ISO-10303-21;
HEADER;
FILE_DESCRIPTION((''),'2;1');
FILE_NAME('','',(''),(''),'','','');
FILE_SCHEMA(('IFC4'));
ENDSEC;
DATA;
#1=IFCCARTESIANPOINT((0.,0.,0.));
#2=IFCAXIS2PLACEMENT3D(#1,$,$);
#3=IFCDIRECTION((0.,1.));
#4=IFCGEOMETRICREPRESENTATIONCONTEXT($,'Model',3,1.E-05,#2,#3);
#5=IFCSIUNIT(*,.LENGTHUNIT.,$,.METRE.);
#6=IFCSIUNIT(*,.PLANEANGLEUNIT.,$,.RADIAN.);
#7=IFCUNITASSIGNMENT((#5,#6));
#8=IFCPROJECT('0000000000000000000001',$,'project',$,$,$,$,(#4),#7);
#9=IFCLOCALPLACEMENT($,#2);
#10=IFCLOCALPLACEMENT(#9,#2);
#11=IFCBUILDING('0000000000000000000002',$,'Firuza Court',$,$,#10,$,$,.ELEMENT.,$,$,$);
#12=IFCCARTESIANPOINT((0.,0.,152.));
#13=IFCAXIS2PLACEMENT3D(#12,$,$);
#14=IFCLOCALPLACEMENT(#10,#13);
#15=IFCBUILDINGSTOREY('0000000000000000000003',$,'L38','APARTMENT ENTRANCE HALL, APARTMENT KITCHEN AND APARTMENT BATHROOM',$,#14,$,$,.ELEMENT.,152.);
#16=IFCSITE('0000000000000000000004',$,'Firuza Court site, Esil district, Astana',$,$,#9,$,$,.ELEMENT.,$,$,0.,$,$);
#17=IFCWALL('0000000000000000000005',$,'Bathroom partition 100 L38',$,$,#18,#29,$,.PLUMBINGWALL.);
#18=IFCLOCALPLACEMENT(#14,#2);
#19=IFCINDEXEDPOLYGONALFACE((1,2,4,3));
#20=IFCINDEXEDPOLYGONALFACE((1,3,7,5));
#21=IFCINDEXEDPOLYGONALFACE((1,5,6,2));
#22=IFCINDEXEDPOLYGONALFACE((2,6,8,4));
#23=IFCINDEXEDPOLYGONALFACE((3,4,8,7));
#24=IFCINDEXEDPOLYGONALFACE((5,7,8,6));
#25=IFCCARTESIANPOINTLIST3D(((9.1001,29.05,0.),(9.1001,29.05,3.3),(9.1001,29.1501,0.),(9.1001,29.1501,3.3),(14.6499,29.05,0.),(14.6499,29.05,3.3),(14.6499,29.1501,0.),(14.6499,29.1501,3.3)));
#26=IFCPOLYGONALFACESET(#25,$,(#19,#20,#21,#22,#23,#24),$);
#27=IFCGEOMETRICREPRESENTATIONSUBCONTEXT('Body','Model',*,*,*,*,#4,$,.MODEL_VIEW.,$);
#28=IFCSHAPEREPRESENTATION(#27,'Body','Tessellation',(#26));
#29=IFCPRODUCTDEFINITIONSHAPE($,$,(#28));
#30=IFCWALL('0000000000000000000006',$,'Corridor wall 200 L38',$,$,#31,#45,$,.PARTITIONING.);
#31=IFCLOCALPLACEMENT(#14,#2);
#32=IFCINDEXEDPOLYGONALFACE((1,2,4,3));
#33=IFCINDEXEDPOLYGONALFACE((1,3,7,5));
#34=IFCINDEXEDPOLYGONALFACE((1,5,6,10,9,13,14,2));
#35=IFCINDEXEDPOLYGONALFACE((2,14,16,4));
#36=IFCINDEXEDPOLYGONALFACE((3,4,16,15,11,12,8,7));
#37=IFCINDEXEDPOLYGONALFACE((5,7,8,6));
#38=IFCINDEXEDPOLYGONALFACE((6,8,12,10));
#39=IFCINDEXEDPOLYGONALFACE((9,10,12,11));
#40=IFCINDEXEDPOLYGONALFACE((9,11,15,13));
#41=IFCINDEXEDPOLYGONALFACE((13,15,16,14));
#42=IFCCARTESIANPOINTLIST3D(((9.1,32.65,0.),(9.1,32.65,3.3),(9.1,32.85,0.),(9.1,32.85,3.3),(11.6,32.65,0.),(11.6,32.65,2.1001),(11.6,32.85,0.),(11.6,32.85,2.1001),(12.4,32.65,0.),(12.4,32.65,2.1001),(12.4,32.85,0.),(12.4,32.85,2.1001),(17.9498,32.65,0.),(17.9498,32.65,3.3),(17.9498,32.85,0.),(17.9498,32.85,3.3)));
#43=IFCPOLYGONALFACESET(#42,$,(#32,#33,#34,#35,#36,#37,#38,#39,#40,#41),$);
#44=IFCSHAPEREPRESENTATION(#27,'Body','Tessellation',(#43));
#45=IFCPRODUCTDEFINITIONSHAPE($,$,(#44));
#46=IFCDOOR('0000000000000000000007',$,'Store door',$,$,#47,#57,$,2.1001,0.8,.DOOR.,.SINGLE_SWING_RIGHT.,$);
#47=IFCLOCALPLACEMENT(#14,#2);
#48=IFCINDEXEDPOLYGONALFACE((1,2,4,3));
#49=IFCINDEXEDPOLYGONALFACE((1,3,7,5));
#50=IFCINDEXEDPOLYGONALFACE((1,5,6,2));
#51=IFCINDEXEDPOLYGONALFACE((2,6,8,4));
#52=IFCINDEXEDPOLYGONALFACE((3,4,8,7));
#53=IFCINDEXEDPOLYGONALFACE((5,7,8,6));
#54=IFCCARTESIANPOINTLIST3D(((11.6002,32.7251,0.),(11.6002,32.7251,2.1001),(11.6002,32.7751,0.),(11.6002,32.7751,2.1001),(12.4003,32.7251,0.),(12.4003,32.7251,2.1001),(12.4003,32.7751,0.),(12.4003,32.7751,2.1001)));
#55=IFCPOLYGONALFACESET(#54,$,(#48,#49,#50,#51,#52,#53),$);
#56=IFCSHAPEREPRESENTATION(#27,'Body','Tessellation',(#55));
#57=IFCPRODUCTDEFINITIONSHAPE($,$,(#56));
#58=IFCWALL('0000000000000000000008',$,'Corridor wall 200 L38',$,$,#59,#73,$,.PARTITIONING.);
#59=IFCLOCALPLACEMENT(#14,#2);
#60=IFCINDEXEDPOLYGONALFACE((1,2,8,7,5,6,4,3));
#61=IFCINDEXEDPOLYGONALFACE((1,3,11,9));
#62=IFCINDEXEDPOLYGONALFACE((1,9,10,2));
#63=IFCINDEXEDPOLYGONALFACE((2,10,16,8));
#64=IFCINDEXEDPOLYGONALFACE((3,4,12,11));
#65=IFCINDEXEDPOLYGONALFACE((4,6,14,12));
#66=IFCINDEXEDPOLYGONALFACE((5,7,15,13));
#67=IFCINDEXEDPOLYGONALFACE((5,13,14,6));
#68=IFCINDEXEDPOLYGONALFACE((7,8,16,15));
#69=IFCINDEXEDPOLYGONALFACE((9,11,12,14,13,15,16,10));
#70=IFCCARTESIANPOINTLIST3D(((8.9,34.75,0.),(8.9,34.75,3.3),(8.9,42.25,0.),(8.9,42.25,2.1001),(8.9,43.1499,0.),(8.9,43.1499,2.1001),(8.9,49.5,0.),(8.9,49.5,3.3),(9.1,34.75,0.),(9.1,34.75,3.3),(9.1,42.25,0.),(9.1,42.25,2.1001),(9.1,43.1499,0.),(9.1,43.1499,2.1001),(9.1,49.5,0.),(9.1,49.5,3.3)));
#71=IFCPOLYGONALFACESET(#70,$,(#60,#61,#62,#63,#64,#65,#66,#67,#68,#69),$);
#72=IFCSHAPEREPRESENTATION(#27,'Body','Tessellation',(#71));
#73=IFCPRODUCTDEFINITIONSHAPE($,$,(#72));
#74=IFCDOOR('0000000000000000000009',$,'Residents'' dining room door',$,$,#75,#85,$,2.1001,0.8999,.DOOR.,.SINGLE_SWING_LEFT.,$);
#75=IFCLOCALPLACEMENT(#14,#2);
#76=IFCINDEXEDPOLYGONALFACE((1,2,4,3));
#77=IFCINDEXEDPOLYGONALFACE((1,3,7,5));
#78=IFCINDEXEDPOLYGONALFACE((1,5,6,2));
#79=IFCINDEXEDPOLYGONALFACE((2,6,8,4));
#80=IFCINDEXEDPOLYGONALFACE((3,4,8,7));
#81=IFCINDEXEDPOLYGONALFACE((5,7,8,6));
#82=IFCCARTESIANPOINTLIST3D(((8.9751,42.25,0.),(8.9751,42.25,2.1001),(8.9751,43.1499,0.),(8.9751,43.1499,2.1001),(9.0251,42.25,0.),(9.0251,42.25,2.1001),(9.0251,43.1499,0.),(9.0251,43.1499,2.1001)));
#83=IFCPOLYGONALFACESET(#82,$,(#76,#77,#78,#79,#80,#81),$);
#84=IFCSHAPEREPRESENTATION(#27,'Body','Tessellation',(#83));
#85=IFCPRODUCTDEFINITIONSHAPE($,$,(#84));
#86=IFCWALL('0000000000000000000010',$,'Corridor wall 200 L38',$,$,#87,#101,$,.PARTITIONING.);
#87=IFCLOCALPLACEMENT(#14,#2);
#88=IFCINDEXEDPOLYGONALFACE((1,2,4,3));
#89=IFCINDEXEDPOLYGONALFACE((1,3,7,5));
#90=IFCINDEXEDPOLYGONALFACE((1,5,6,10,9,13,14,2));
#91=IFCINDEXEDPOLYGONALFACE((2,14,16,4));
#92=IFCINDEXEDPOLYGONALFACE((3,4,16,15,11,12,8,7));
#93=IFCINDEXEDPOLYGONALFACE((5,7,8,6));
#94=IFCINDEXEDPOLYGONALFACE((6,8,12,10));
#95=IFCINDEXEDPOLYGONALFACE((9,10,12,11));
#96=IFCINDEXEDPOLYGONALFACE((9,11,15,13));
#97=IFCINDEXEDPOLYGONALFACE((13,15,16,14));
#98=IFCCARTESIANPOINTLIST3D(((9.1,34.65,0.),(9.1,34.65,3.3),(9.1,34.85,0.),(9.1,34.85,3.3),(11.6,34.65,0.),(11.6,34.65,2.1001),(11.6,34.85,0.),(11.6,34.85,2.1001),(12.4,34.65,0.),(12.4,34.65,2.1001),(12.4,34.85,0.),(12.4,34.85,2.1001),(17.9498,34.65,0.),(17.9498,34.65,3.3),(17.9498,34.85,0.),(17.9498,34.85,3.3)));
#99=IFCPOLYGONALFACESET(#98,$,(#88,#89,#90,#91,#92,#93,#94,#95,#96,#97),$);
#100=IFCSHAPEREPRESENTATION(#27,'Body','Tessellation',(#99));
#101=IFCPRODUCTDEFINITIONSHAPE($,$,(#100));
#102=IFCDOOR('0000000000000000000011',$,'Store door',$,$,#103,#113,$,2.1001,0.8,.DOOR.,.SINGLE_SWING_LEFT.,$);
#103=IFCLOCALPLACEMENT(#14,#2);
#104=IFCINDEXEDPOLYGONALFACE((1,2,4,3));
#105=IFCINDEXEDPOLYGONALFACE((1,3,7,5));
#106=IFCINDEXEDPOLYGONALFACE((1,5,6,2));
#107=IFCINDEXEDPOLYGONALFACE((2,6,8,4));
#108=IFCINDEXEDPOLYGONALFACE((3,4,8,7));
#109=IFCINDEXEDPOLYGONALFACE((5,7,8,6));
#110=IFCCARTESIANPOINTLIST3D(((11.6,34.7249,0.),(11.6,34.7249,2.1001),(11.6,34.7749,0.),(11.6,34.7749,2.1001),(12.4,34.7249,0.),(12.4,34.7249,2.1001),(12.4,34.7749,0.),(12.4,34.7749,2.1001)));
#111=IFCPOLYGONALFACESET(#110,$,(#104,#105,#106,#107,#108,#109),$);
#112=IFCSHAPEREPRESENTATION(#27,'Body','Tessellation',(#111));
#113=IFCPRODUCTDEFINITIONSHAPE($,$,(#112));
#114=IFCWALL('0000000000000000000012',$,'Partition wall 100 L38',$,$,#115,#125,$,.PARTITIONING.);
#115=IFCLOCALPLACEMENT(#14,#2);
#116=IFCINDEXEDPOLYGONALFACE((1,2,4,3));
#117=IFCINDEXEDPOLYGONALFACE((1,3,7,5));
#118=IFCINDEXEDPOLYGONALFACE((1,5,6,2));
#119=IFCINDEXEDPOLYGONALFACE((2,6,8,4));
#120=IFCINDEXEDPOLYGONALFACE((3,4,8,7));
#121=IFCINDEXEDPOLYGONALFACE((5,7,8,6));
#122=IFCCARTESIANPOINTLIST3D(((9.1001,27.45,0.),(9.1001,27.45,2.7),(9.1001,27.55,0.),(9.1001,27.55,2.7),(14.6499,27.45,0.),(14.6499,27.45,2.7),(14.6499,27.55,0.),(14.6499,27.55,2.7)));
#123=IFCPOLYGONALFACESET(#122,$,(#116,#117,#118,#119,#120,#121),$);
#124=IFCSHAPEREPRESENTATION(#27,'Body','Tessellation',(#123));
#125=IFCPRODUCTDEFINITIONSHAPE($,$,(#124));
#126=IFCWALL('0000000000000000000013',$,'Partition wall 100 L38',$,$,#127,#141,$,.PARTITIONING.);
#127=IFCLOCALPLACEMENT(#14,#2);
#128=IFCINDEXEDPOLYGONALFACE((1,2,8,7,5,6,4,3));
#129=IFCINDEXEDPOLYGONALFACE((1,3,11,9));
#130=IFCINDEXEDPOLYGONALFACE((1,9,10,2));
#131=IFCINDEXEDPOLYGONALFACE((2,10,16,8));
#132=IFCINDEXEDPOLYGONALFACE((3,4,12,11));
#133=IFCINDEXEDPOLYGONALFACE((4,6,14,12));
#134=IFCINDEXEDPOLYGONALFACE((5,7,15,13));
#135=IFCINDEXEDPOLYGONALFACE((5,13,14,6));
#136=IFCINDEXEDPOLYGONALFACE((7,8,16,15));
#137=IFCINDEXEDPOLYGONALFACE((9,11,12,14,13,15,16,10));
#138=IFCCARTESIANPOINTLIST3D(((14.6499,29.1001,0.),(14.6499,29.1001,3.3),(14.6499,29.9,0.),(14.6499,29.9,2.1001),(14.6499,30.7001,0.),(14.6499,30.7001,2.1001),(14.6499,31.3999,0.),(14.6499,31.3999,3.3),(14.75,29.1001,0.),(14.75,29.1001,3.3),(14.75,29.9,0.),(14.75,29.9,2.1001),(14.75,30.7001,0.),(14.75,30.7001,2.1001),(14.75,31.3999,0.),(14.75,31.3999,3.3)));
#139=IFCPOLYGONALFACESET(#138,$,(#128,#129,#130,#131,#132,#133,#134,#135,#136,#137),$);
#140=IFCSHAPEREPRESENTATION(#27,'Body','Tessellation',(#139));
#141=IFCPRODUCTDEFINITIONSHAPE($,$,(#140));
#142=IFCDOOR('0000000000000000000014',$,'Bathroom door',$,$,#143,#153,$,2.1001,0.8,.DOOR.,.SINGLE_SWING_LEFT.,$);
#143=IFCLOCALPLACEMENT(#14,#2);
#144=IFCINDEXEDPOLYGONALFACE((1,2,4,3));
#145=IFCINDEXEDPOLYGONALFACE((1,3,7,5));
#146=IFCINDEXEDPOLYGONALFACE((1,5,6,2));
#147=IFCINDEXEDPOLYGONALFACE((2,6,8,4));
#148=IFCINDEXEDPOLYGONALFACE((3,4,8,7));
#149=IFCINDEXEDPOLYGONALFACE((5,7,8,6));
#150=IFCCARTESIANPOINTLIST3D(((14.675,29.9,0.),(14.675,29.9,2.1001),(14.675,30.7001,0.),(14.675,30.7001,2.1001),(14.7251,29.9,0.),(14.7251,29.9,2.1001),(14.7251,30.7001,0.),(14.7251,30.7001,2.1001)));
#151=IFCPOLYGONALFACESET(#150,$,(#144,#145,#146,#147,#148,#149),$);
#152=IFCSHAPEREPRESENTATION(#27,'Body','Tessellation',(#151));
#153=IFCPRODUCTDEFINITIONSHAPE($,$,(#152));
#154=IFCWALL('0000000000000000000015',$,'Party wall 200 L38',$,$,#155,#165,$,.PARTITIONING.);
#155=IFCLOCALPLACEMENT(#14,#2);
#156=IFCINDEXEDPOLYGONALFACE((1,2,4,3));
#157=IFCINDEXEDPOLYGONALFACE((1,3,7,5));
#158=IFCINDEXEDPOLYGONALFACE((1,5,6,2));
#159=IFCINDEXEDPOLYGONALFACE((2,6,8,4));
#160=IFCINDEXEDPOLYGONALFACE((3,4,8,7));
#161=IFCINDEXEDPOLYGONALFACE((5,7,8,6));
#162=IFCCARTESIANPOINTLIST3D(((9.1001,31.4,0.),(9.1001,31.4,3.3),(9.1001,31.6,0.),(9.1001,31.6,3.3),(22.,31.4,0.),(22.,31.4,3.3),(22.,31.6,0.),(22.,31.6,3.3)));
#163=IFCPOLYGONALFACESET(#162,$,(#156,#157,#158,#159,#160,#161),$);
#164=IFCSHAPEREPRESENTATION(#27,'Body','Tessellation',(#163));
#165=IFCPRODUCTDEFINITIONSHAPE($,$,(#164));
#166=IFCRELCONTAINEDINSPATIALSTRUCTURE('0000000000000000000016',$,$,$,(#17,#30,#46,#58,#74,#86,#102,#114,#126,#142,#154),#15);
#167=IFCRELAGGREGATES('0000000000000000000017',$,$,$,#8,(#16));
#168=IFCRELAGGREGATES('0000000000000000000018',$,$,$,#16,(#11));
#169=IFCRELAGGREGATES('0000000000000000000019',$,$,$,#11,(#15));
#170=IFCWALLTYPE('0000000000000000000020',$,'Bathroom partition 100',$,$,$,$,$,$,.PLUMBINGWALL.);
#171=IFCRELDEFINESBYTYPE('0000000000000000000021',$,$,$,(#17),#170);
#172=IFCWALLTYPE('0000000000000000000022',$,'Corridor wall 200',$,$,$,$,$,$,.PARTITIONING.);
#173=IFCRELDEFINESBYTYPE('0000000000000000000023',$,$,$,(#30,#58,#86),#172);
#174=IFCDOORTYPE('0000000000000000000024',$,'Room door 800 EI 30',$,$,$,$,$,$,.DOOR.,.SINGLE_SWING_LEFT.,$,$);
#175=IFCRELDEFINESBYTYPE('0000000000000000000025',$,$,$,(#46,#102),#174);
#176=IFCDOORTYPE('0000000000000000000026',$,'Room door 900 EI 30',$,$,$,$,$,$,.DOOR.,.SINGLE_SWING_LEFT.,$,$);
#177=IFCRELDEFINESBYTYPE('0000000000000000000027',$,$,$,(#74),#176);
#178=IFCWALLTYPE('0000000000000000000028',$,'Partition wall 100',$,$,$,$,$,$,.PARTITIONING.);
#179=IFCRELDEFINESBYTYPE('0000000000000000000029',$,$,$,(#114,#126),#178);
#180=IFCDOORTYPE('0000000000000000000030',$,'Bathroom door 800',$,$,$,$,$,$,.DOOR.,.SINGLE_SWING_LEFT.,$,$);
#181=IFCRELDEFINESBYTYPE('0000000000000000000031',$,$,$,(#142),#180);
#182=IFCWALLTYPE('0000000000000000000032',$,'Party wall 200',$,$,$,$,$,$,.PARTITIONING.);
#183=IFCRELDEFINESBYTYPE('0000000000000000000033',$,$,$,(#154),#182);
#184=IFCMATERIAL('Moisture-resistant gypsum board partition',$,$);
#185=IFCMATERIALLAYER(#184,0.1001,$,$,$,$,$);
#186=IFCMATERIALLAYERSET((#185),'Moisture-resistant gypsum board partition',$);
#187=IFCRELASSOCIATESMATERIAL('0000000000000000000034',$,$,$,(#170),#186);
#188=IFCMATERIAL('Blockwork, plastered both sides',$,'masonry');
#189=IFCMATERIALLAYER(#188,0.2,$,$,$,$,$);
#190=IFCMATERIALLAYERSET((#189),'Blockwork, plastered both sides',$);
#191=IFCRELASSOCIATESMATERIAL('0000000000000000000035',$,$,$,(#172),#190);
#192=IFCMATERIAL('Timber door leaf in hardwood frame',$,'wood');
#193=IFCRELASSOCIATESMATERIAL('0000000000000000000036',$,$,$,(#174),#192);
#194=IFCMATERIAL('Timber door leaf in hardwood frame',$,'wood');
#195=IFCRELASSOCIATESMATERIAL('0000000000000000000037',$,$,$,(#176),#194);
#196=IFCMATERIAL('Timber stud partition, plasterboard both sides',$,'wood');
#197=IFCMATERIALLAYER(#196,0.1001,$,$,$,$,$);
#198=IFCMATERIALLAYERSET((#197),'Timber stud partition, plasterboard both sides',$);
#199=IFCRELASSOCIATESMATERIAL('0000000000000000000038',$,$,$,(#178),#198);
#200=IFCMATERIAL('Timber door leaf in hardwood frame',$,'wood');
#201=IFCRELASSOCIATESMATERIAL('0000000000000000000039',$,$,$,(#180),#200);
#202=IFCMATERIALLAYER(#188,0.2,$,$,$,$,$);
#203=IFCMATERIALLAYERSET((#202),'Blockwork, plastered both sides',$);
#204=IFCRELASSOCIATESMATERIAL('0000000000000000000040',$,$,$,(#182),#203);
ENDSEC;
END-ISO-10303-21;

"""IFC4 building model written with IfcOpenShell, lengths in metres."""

from ifc_helpers import new_model, si_unit, direction, frame, frame_2d, origin, place, context, subcontext, project, spatial, rectangle, extrude, material, layer, layer_set, type_object, element, fill, save


model = new_model("IFC4")

# Units and contexts
model_context = context("Model", 3, precision=1e-05, world=origin(), true_north=direction((0.0, 1.0)))
body_context = subcontext(model_context, "Body", "Model", "MODEL_VIEW")
ifc_project = project(units=[si_unit("LENGTHUNIT", "METRE"), si_unit("PLANEANGLEUNIT", "RADIAN")], contexts=[model_context])

# Site, building, storey
site_placement = place(None, origin())
site = spatial("IfcSite", under=ifc_project, at=site_placement, Name="Firuza Court site, Esil district, Astana", CompositionType="ELEMENT", RefElevation=0.0)
building_placement = place(site_placement, origin())
building = spatial("IfcBuilding", under=site, at=building_placement, Name="Firuza Court", CompositionType="ELEMENT")
storey_placement = place(building_placement, frame((0.0, 0.0, 152.0)))
storey = spatial("IfcBuildingStorey", under=building, at=storey_placement, Name="L38", Description="APARTMENT ENTRANCE HALL, APARTMENT KITCHEN AND APARTMENT BATHROOM", CompositionType="ELEMENT", Elevation=152.0)

# Wall
ifc_material_1 = material(Name="Moisture-resistant gypsum board partition")
ifc_layer_1 = layer(ifc_material_1, 0.1001)
ifc_layer_set_1 = layer_set([ifc_layer_1], Name="Moisture-resistant gypsum board partition")
wall_type_1 = type_object("IfcWallType", Name="Bathroom partition 100", PredefinedType="PLUMBINGWALL", material=ifc_layer_set_1)
wall_1_placement = place(storey_placement, frame((9.1001, 29.1001, 0.0), z_axis=(0.0, 0.0, 1.0), x_axis=(1.0, 0.0, 0.0)))
element("IfcWall", 1, at=wall_1_placement, inside=storey, type_object=wall_type_1, Name="Bathroom partition 100 L38", PredefinedType="PLUMBINGWALL", context=body_context, shape_type="SweptSolid", body=[
    extrude(rectangle(XDim=5.5498, YDim=0.1001, at=frame_2d((2.7749, 0.0))), origin(), (0.0, 0.0, 1.0), 3.3),
])

# Walls, openings, doors
ifc_material_2 = material(Name="Blockwork, plastered both sides", Category="masonry")
ifc_layer_2 = layer(ifc_material_2, 0.2)
ifc_layer_set_2 = layer_set([ifc_layer_2], Name="Blockwork, plastered both sides")
wall_type_2 = type_object("IfcWallType", Name="Corridor wall 200", PredefinedType="PARTITIONING", material=ifc_layer_set_2)
wall_2_placement = place(storey_placement, frame((9.1001, 32.75, 0.0), z_axis=(0.0, 0.0, 1.0), x_axis=(1.0, 0.0, 0.0)))
wall_2 = element("IfcWall", 2, at=wall_2_placement, inside=storey, type_object=wall_type_2, Name="Corridor wall 200 L38", PredefinedType="PARTITIONING", context=body_context, shape_type="SweptSolid", body=[
    extrude(rectangle(XDim=8.8499, YDim=0.2, at=frame_2d((4.4248, 0.0))), origin(), (0.0, 0.0, 1.0), 3.3),
])
opening_1_placement = place(wall_2_placement, frame((2.5, 0.0, 0.0)))
opening_1 = element("IfcOpeningElement", 3, at=opening_1_placement, cuts=wall_2, PredefinedType="OPENING", context=body_context, shape_type="SweptSolid", body=[
    extrude(rectangle(XDim=0.8, YDim=2.1001, at=frame_2d((0.3999, 1.05))), frame((0.0, 0.1118, 0.0), z_axis=(0.0, -1.0, 0.0), x_axis=(1.0, 0.0, 0.0)), (0.0, 0.0, 1.0), 0.2239),
])
ifc_material_3 = material(Name="Timber door leaf in hardwood frame", Category="wood")
door_type_1 = type_object("IfcDoorType", Name="Room door 800 EI 30", OperationType="SINGLE_SWING_LEFT", PredefinedType="DOOR", material=ifc_material_3)
door_1_placement = place(opening_1_placement, frame((0.8, 0.0, 0.0), z_axis=(0.0, 0.0, 1.0), x_axis=(-1.0, 0.0, 0.0)))
door_1 = element("IfcDoor", 4, at=door_1_placement, inside=storey, type_object=door_type_1, Name="Store door", OperationType="SINGLE_SWING_RIGHT", OverallHeight=2.1001, OverallWidth=0.8, PredefinedType="DOOR", context=body_context, shape_type="SweptSolid", body=[
    extrude(rectangle(XDim=0.8, YDim=2.1001, at=frame_2d((0.3999, 1.05))), frame((0.0, 0.0249, 0.0), z_axis=(0.0, -1.0, 0.0), x_axis=(1.0, 0.0, 0.0)), (0.0, 0.0, 1.0), 0.05),
])
fill(opening_1, door_1)
wall_3_placement = place(storey_placement, frame((9.0, 34.75, 0.0), z_axis=(0.0, 0.0, 1.0), x_axis=(0.0, 1.0, 0.0)))
wall_3 = element("IfcWall", 5, at=wall_3_placement, inside=storey, type_object=wall_type_2, Name="Corridor wall 200 L38", PredefinedType="PARTITIONING", context=body_context, shape_type="SweptSolid", body=[
    extrude(rectangle(XDim=14.75, YDim=0.2, at=frame_2d((7.375, 0.0))), origin(), (0.0, 0.0, 1.0), 3.3),
])
opening_2_placement = place(wall_3_placement, frame((7.5, 0.0, 0.0)))
opening_2 = element("IfcOpeningElement", 6, at=opening_2_placement, cuts=wall_3, PredefinedType="OPENING", context=body_context, shape_type="SweptSolid", body=[
    extrude(rectangle(XDim=0.8999, YDim=2.1001, at=frame_2d((0.45, 1.05))), frame((0.0, 0.1118, 0.0), z_axis=(0.0, -1.0, 0.0), x_axis=(1.0, 0.0, 0.0)), (0.0, 0.0, 1.0), 0.2239),
])
ifc_material_4 = material(Name="Timber door leaf in hardwood frame", Category="wood")
door_type_2 = type_object("IfcDoorType", Name="Room door 900 EI 30", OperationType="SINGLE_SWING_LEFT", PredefinedType="DOOR", material=ifc_material_4)
door_2_placement = place(opening_2_placement, origin())
door_2 = element("IfcDoor", 7, at=door_2_placement, inside=storey, type_object=door_type_2, Name="Residents' dining room door", OperationType="SINGLE_SWING_LEFT", OverallHeight=2.1001, OverallWidth=0.8999, PredefinedType="DOOR", context=body_context, shape_type="SweptSolid", body=[
    extrude(rectangle(XDim=0.8999, YDim=2.1001, at=frame_2d((0.45, 1.05))), frame((0.0, 0.0249, 0.0), z_axis=(0.0, -1.0, 0.0), x_axis=(1.0, 0.0, 0.0)), (0.0, 0.0, 1.0), 0.05),
])
fill(opening_2, door_2)
wall_4_placement = place(storey_placement, frame((9.1001, 34.75, 0.0), z_axis=(0.0, 0.0, 1.0), x_axis=(1.0, 0.0, 0.0)))
wall_4 = element("IfcWall", 8, at=wall_4_placement, inside=storey, type_object=wall_type_2, Name="Corridor wall 200 L38", PredefinedType="PARTITIONING", context=body_context, shape_type="SweptSolid", body=[
    extrude(rectangle(XDim=8.8499, YDim=0.2, at=frame_2d((4.4248, 0.0))), origin(), (0.0, 0.0, 1.0), 3.3),
])
opening_3_placement = place(wall_4_placement, frame((2.5, 0.0, 0.0)))
opening_3 = element("IfcOpeningElement", 9, at=opening_3_placement, cuts=wall_4, PredefinedType="OPENING", context=body_context, shape_type="SweptSolid", body=[
    extrude(rectangle(XDim=0.8, YDim=2.1001, at=frame_2d((0.3999, 1.05))), frame((0.0, 0.1118, 0.0), z_axis=(0.0, -1.0, 0.0), x_axis=(1.0, 0.0, 0.0)), (0.0, 0.0, 1.0), 0.2239),
])
door_3_placement = place(opening_3_placement, origin())
door_3 = element("IfcDoor", 10, at=door_3_placement, inside=storey, type_object=door_type_1, Name="Store door", OperationType="SINGLE_SWING_LEFT", OverallHeight=2.1001, OverallWidth=0.8, PredefinedType="DOOR", context=body_context, shape_type="SweptSolid", body=[
    extrude(rectangle(XDim=0.8, YDim=2.1001, at=frame_2d((0.3999, 1.05))), frame((0.0, 0.0249, 0.0), z_axis=(0.0, -1.0, 0.0), x_axis=(1.0, 0.0, 0.0)), (0.0, 0.0, 1.0), 0.05),
])
fill(opening_3, door_3)

# Wall
ifc_material_5 = material(Name="Timber stud partition, plasterboard both sides", Category="wood")
ifc_layer_3 = layer(ifc_material_5, 0.1001)
ifc_layer_set_3 = layer_set([ifc_layer_3], Name="Timber stud partition, plasterboard both sides")
wall_type_3 = type_object("IfcWallType", Name="Partition wall 100", PredefinedType="PARTITIONING", material=ifc_layer_set_3)
wall_5_placement = place(storey_placement, frame((9.1001, 27.5, 0.0), z_axis=(0.0, 0.0, 1.0), x_axis=(1.0, 0.0, 0.0)))
element("IfcWall", 11, at=wall_5_placement, inside=storey, type_object=wall_type_3, Name="Partition wall 100 L38", PredefinedType="PARTITIONING", context=body_context, shape_type="SweptSolid", body=[
    extrude(rectangle(XDim=5.5498, YDim=0.1001, at=frame_2d((2.7749, 0.0))), origin(), (0.0, 0.0, 1.0), 2.7),
])

# Wall, opening, door
wall_6_placement = place(storey_placement, frame((14.7, 29.1001, 0.0), z_axis=(0.0, 0.0, 1.0), x_axis=(0.0, 1.0, 0.0)))
wall_6 = element("IfcWall", 12, at=wall_6_placement, inside=storey, type_object=wall_type_3, Name="Partition wall 100 L38", PredefinedType="PARTITIONING", context=body_context, shape_type="SweptSolid", body=[
    extrude(rectangle(XDim=2.2998, YDim=0.1001, at=frame_2d((1.1499, 0.0))), origin(), (0.0, 0.0, 1.0), 3.3),
])
opening_4_placement = place(wall_6_placement, frame((0.8, 0.0, 0.0)))
opening_4 = element("IfcOpeningElement", 13, at=opening_4_placement, cuts=wall_6, PredefinedType="OPENING", context=body_context, shape_type="SweptSolid", body=[
    extrude(rectangle(XDim=0.8, YDim=2.1001, at=frame_2d((0.3999, 1.05))), frame((0.0, 0.062, 0.0), z_axis=(0.0, -1.0, 0.0), x_axis=(1.0, 0.0, 0.0)), (0.0, 0.0, 1.0), 0.124),
])
ifc_material_6 = material(Name="Timber door leaf in hardwood frame", Category="wood")
door_type_3 = type_object("IfcDoorType", Name="Bathroom door 800", OperationType="SINGLE_SWING_LEFT", PredefinedType="DOOR", material=ifc_material_6)
door_4_placement = place(opening_4_placement, origin())
door_4 = element("IfcDoor", 14, at=door_4_placement, inside=storey, type_object=door_type_3, Name="Bathroom door", OperationType="SINGLE_SWING_LEFT", OverallHeight=2.1001, OverallWidth=0.8, PredefinedType="DOOR", context=body_context, shape_type="SweptSolid", body=[
    extrude(rectangle(XDim=0.8, YDim=2.1001, at=frame_2d((0.3999, 1.05))), frame((0.0, 0.0249, 0.0), z_axis=(0.0, -1.0, 0.0), x_axis=(1.0, 0.0, 0.0)), (0.0, 0.0, 1.0), 0.05),
])
fill(opening_4, door_4)

# Wall
ifc_layer_4 = layer(ifc_material_2, 0.2)
ifc_layer_set_4 = layer_set([ifc_layer_4], Name="Blockwork, plastered both sides")
wall_type_4 = type_object("IfcWallType", Name="Party wall 200", PredefinedType="PARTITIONING", material=ifc_layer_set_4)
for number, where, z_axis, x_axis, name in (
    (15, (9.1001, 31.5, 0.0), (0.0, 0.0, 1.0), (1.0, 0.0, 0.0), "Party wall 200 L38"),
):
    element("IfcWall", number, at=place(storey_placement, frame(where, z_axis=z_axis, x_axis=x_axis)), inside=storey, type_object=wall_type_4, Name=name, PredefinedType="PARTITIONING", context=body_context, shape_type="SweptSolid", body=[
        extrude(rectangle(XDim=12.8999, YDim=0.2, at=frame_2d((6.45, 0.0))), origin(), (0.0, 0.0, 1.0), 3.3),
    ])

save(model, "model.ifc")
